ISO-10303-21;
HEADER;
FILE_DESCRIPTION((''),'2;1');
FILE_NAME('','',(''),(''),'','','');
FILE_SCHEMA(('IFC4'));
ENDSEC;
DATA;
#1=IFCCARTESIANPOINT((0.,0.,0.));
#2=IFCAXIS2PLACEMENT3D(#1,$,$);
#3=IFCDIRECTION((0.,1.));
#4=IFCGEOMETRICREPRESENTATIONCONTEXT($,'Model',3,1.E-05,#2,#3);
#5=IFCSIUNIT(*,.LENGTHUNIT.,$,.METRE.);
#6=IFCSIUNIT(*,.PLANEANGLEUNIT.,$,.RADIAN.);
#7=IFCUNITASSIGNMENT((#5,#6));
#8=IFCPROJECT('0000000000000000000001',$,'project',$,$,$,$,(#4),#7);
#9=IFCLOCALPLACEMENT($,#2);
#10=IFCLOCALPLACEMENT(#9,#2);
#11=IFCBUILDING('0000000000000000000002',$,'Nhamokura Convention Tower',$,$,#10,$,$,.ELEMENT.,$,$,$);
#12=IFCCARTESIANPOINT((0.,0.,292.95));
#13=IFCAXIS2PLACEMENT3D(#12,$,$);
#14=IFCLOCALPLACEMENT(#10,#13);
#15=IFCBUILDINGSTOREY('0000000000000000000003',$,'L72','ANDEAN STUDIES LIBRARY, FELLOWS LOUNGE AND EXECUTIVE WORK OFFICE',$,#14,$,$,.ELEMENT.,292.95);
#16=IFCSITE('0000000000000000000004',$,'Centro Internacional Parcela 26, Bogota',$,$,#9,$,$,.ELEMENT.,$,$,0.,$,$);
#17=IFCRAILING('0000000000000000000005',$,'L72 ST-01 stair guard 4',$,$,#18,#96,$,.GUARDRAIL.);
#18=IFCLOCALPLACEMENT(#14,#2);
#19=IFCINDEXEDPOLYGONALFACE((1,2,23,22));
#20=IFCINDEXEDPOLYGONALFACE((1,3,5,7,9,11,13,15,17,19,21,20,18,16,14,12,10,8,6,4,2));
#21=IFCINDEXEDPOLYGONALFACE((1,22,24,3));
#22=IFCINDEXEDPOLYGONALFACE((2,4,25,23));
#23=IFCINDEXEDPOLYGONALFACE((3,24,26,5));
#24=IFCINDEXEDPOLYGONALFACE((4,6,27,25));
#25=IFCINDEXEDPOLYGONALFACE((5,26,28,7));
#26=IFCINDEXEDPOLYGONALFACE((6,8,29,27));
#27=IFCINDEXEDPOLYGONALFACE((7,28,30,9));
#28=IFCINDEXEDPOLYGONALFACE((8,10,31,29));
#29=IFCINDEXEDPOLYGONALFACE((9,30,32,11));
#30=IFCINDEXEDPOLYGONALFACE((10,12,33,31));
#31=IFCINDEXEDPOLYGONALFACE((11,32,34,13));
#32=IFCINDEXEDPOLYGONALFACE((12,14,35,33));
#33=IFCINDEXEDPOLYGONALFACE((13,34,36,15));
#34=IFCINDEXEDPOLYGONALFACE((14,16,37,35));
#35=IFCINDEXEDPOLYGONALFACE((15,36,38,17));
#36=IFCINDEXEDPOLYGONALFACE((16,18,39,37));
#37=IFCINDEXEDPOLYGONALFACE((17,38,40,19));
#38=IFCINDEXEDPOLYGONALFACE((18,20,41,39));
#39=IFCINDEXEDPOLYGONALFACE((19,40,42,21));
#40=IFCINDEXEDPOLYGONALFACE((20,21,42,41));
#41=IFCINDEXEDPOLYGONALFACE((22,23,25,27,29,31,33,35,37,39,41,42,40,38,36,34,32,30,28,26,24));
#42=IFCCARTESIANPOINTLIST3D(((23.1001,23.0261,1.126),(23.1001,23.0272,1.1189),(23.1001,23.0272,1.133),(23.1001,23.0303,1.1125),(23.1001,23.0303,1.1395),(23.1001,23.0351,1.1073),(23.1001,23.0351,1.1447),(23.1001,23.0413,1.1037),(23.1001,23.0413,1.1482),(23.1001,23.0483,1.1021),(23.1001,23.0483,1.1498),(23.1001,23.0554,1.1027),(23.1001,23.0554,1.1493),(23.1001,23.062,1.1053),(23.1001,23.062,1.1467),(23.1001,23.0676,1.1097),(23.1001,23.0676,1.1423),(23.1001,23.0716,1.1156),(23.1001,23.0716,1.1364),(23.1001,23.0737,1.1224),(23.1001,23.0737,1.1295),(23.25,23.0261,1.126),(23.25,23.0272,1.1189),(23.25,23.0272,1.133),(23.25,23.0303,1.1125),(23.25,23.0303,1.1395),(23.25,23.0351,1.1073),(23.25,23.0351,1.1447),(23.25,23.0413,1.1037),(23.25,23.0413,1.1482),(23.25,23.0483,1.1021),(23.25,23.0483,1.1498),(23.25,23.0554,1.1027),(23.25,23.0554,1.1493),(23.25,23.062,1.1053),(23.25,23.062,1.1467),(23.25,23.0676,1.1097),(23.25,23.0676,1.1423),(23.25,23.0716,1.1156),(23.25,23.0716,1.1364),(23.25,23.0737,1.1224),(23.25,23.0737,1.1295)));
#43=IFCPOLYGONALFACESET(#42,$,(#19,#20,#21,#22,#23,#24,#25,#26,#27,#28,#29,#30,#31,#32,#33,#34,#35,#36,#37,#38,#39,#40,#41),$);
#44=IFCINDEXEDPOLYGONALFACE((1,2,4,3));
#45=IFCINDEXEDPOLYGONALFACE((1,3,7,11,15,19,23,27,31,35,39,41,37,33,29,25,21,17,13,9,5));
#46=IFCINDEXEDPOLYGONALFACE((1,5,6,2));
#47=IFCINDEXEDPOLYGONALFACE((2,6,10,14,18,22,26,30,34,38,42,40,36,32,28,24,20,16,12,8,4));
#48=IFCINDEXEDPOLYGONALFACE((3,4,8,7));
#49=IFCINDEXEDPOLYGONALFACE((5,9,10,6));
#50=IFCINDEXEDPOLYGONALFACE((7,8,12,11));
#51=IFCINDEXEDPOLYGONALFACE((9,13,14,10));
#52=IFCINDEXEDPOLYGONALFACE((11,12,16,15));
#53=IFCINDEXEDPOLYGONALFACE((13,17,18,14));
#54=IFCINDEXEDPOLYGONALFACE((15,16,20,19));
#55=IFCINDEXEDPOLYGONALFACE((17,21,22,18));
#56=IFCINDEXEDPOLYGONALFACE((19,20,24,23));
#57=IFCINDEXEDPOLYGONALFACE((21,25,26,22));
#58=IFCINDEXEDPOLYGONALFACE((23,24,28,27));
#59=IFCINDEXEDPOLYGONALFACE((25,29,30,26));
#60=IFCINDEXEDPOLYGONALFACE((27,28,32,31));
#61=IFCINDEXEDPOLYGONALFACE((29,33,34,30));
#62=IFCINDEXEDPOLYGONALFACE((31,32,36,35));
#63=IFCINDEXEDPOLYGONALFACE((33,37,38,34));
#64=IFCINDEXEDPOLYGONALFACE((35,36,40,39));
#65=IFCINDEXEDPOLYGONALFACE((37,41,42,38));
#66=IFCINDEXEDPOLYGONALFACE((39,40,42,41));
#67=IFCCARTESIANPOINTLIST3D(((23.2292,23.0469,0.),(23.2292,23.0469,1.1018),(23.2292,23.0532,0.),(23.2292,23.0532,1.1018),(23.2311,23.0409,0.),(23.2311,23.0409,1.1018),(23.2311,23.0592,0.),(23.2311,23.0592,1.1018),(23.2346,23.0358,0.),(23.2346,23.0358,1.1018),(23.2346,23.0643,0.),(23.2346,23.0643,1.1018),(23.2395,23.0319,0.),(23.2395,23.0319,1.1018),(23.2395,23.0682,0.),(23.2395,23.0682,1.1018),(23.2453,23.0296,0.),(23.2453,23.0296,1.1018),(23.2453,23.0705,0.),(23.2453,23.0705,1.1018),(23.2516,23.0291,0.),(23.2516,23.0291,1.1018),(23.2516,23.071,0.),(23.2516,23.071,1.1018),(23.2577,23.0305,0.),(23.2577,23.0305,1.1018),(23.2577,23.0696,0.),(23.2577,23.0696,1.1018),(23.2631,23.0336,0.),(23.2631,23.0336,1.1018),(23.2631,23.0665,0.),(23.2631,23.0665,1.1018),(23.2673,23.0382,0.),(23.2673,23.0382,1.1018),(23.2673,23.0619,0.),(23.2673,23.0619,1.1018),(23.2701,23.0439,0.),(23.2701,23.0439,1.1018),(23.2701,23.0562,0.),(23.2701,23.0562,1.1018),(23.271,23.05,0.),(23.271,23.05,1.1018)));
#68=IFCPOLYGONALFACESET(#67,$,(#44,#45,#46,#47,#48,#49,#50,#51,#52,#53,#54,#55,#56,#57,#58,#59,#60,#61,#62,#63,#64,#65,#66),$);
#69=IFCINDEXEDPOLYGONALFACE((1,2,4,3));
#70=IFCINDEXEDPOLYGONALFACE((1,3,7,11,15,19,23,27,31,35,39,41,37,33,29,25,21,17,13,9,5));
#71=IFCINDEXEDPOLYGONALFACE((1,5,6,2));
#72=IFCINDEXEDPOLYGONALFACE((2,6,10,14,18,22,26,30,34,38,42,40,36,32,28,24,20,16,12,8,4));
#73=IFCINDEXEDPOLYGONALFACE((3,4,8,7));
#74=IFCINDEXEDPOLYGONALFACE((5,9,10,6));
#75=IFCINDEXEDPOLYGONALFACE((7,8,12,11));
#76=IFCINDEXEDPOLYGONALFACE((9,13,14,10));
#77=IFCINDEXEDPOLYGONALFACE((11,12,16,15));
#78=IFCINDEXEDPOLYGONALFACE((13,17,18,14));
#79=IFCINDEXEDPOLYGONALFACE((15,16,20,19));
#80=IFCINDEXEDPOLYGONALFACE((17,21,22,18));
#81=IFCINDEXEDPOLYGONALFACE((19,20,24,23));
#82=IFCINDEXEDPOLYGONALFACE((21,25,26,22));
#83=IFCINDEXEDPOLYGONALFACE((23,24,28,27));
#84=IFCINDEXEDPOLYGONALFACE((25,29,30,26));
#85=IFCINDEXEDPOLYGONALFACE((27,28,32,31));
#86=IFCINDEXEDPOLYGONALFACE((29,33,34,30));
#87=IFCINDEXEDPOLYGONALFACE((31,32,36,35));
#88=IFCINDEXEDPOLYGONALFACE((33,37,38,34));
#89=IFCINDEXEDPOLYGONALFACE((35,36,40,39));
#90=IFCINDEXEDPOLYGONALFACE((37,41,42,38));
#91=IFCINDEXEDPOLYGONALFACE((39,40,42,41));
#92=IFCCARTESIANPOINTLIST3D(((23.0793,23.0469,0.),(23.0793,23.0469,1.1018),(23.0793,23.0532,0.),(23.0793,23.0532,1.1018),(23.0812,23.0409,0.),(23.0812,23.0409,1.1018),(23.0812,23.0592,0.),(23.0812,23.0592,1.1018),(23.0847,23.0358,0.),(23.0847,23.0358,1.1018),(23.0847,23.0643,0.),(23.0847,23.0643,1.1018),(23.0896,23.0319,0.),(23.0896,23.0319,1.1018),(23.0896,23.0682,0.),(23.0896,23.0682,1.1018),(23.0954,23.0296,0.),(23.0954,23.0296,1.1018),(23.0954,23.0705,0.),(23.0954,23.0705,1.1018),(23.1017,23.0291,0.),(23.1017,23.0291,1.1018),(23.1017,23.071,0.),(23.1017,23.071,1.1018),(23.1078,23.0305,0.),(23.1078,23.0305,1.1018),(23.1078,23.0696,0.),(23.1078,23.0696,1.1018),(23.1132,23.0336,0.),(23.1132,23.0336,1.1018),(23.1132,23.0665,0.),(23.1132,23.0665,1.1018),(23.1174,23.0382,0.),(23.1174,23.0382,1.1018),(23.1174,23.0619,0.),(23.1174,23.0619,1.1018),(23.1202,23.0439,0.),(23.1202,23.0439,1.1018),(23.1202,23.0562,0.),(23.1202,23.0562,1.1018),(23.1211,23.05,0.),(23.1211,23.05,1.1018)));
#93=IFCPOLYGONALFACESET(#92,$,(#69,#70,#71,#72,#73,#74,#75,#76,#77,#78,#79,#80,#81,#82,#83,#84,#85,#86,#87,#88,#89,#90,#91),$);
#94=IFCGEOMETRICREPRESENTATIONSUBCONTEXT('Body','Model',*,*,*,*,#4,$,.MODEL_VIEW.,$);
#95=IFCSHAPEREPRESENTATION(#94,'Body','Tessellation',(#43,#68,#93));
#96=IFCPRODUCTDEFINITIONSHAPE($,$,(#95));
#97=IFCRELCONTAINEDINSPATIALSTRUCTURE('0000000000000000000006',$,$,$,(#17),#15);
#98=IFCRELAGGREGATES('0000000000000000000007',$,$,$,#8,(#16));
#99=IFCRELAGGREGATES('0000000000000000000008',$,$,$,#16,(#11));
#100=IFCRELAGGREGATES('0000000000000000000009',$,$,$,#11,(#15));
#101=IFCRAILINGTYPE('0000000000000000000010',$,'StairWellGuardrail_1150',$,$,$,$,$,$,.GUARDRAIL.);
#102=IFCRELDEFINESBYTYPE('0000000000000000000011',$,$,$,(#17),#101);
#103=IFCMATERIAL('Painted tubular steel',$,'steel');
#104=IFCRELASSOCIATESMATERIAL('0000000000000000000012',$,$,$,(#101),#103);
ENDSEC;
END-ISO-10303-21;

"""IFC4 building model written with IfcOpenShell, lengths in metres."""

from ifc_helpers import new_model, si_unit, direction, frame, origin, origin_2d, place, context, subcontext, project, spatial, circle, extrude, material, type_object, element, save


model = new_model("IFC4")

# Units and contexts
model_context = context("Model", 3, precision=1e-05, world=origin(), true_north=direction((0.0, 1.0)))
body_context = subcontext(model_context, "Body", "Model", "MODEL_VIEW")
ifc_project = project(units=[si_unit("LENGTHUNIT", "METRE"), si_unit("PLANEANGLEUNIT", "RADIAN")], contexts=[model_context])

# Site, building, storey
site_placement = place(None, origin())
site = spatial("IfcSite", under=ifc_project, at=site_placement, Name="Centro Internacional Parcela 26, Bogota", CompositionType="ELEMENT", RefElevation=0.0)
building_placement = place(site_placement, origin())
building = spatial("IfcBuilding", under=site, at=building_placement, Name="Nhamokura Convention Tower", CompositionType="ELEMENT")
storey_placement = place(building_placement, frame((0.0, 0.0, 292.95)))
storey = spatial("IfcBuildingStorey", under=building, at=storey_placement, Name="L72", Description="ANDEAN STUDIES LIBRARY, FELLOWS LOUNGE AND EXECUTIVE WORK OFFICE", CompositionType="ELEMENT", Elevation=292.95)

# Railing
ifc_material_1 = material(Name="Painted tubular steel", Category="steel")
railing_type_1 = type_object("IfcRailingType", Name="StairWellGuardrail_1150", PredefinedType="GUARDRAIL", material=ifc_material_1)
railing_1_placement = place(storey_placement, frame((23.25, 23.05, 0.0)))
element("IfcRailing", 1, at=railing_1_placement, inside=storey, type_object=railing_type_1, Name="L72 ST-01 stair guard 4", PredefinedType="GUARDRAIL", context=body_context, shape_type="SweptSolid", body=[
    extrude(circle(Radius=0.0239, at=origin_2d()), frame((0.0, 0.0, 1.126), z_axis=(-1.0, 0.0, 0.0), x_axis=(0.0, -1.0, 0.0)), (0.0, 0.0, 1.0), 0.1499),
    extrude(circle(Radius=0.021, at=origin_2d()), origin(), (0.0, 0.0, 1.0), 1.1018),
    extrude(circle(Radius=0.021, at=origin_2d()), frame((-0.1499, 0.0, 0.0)), (0.0, 0.0, 1.0), 1.1018),
])

save(model, "model.ifc")
